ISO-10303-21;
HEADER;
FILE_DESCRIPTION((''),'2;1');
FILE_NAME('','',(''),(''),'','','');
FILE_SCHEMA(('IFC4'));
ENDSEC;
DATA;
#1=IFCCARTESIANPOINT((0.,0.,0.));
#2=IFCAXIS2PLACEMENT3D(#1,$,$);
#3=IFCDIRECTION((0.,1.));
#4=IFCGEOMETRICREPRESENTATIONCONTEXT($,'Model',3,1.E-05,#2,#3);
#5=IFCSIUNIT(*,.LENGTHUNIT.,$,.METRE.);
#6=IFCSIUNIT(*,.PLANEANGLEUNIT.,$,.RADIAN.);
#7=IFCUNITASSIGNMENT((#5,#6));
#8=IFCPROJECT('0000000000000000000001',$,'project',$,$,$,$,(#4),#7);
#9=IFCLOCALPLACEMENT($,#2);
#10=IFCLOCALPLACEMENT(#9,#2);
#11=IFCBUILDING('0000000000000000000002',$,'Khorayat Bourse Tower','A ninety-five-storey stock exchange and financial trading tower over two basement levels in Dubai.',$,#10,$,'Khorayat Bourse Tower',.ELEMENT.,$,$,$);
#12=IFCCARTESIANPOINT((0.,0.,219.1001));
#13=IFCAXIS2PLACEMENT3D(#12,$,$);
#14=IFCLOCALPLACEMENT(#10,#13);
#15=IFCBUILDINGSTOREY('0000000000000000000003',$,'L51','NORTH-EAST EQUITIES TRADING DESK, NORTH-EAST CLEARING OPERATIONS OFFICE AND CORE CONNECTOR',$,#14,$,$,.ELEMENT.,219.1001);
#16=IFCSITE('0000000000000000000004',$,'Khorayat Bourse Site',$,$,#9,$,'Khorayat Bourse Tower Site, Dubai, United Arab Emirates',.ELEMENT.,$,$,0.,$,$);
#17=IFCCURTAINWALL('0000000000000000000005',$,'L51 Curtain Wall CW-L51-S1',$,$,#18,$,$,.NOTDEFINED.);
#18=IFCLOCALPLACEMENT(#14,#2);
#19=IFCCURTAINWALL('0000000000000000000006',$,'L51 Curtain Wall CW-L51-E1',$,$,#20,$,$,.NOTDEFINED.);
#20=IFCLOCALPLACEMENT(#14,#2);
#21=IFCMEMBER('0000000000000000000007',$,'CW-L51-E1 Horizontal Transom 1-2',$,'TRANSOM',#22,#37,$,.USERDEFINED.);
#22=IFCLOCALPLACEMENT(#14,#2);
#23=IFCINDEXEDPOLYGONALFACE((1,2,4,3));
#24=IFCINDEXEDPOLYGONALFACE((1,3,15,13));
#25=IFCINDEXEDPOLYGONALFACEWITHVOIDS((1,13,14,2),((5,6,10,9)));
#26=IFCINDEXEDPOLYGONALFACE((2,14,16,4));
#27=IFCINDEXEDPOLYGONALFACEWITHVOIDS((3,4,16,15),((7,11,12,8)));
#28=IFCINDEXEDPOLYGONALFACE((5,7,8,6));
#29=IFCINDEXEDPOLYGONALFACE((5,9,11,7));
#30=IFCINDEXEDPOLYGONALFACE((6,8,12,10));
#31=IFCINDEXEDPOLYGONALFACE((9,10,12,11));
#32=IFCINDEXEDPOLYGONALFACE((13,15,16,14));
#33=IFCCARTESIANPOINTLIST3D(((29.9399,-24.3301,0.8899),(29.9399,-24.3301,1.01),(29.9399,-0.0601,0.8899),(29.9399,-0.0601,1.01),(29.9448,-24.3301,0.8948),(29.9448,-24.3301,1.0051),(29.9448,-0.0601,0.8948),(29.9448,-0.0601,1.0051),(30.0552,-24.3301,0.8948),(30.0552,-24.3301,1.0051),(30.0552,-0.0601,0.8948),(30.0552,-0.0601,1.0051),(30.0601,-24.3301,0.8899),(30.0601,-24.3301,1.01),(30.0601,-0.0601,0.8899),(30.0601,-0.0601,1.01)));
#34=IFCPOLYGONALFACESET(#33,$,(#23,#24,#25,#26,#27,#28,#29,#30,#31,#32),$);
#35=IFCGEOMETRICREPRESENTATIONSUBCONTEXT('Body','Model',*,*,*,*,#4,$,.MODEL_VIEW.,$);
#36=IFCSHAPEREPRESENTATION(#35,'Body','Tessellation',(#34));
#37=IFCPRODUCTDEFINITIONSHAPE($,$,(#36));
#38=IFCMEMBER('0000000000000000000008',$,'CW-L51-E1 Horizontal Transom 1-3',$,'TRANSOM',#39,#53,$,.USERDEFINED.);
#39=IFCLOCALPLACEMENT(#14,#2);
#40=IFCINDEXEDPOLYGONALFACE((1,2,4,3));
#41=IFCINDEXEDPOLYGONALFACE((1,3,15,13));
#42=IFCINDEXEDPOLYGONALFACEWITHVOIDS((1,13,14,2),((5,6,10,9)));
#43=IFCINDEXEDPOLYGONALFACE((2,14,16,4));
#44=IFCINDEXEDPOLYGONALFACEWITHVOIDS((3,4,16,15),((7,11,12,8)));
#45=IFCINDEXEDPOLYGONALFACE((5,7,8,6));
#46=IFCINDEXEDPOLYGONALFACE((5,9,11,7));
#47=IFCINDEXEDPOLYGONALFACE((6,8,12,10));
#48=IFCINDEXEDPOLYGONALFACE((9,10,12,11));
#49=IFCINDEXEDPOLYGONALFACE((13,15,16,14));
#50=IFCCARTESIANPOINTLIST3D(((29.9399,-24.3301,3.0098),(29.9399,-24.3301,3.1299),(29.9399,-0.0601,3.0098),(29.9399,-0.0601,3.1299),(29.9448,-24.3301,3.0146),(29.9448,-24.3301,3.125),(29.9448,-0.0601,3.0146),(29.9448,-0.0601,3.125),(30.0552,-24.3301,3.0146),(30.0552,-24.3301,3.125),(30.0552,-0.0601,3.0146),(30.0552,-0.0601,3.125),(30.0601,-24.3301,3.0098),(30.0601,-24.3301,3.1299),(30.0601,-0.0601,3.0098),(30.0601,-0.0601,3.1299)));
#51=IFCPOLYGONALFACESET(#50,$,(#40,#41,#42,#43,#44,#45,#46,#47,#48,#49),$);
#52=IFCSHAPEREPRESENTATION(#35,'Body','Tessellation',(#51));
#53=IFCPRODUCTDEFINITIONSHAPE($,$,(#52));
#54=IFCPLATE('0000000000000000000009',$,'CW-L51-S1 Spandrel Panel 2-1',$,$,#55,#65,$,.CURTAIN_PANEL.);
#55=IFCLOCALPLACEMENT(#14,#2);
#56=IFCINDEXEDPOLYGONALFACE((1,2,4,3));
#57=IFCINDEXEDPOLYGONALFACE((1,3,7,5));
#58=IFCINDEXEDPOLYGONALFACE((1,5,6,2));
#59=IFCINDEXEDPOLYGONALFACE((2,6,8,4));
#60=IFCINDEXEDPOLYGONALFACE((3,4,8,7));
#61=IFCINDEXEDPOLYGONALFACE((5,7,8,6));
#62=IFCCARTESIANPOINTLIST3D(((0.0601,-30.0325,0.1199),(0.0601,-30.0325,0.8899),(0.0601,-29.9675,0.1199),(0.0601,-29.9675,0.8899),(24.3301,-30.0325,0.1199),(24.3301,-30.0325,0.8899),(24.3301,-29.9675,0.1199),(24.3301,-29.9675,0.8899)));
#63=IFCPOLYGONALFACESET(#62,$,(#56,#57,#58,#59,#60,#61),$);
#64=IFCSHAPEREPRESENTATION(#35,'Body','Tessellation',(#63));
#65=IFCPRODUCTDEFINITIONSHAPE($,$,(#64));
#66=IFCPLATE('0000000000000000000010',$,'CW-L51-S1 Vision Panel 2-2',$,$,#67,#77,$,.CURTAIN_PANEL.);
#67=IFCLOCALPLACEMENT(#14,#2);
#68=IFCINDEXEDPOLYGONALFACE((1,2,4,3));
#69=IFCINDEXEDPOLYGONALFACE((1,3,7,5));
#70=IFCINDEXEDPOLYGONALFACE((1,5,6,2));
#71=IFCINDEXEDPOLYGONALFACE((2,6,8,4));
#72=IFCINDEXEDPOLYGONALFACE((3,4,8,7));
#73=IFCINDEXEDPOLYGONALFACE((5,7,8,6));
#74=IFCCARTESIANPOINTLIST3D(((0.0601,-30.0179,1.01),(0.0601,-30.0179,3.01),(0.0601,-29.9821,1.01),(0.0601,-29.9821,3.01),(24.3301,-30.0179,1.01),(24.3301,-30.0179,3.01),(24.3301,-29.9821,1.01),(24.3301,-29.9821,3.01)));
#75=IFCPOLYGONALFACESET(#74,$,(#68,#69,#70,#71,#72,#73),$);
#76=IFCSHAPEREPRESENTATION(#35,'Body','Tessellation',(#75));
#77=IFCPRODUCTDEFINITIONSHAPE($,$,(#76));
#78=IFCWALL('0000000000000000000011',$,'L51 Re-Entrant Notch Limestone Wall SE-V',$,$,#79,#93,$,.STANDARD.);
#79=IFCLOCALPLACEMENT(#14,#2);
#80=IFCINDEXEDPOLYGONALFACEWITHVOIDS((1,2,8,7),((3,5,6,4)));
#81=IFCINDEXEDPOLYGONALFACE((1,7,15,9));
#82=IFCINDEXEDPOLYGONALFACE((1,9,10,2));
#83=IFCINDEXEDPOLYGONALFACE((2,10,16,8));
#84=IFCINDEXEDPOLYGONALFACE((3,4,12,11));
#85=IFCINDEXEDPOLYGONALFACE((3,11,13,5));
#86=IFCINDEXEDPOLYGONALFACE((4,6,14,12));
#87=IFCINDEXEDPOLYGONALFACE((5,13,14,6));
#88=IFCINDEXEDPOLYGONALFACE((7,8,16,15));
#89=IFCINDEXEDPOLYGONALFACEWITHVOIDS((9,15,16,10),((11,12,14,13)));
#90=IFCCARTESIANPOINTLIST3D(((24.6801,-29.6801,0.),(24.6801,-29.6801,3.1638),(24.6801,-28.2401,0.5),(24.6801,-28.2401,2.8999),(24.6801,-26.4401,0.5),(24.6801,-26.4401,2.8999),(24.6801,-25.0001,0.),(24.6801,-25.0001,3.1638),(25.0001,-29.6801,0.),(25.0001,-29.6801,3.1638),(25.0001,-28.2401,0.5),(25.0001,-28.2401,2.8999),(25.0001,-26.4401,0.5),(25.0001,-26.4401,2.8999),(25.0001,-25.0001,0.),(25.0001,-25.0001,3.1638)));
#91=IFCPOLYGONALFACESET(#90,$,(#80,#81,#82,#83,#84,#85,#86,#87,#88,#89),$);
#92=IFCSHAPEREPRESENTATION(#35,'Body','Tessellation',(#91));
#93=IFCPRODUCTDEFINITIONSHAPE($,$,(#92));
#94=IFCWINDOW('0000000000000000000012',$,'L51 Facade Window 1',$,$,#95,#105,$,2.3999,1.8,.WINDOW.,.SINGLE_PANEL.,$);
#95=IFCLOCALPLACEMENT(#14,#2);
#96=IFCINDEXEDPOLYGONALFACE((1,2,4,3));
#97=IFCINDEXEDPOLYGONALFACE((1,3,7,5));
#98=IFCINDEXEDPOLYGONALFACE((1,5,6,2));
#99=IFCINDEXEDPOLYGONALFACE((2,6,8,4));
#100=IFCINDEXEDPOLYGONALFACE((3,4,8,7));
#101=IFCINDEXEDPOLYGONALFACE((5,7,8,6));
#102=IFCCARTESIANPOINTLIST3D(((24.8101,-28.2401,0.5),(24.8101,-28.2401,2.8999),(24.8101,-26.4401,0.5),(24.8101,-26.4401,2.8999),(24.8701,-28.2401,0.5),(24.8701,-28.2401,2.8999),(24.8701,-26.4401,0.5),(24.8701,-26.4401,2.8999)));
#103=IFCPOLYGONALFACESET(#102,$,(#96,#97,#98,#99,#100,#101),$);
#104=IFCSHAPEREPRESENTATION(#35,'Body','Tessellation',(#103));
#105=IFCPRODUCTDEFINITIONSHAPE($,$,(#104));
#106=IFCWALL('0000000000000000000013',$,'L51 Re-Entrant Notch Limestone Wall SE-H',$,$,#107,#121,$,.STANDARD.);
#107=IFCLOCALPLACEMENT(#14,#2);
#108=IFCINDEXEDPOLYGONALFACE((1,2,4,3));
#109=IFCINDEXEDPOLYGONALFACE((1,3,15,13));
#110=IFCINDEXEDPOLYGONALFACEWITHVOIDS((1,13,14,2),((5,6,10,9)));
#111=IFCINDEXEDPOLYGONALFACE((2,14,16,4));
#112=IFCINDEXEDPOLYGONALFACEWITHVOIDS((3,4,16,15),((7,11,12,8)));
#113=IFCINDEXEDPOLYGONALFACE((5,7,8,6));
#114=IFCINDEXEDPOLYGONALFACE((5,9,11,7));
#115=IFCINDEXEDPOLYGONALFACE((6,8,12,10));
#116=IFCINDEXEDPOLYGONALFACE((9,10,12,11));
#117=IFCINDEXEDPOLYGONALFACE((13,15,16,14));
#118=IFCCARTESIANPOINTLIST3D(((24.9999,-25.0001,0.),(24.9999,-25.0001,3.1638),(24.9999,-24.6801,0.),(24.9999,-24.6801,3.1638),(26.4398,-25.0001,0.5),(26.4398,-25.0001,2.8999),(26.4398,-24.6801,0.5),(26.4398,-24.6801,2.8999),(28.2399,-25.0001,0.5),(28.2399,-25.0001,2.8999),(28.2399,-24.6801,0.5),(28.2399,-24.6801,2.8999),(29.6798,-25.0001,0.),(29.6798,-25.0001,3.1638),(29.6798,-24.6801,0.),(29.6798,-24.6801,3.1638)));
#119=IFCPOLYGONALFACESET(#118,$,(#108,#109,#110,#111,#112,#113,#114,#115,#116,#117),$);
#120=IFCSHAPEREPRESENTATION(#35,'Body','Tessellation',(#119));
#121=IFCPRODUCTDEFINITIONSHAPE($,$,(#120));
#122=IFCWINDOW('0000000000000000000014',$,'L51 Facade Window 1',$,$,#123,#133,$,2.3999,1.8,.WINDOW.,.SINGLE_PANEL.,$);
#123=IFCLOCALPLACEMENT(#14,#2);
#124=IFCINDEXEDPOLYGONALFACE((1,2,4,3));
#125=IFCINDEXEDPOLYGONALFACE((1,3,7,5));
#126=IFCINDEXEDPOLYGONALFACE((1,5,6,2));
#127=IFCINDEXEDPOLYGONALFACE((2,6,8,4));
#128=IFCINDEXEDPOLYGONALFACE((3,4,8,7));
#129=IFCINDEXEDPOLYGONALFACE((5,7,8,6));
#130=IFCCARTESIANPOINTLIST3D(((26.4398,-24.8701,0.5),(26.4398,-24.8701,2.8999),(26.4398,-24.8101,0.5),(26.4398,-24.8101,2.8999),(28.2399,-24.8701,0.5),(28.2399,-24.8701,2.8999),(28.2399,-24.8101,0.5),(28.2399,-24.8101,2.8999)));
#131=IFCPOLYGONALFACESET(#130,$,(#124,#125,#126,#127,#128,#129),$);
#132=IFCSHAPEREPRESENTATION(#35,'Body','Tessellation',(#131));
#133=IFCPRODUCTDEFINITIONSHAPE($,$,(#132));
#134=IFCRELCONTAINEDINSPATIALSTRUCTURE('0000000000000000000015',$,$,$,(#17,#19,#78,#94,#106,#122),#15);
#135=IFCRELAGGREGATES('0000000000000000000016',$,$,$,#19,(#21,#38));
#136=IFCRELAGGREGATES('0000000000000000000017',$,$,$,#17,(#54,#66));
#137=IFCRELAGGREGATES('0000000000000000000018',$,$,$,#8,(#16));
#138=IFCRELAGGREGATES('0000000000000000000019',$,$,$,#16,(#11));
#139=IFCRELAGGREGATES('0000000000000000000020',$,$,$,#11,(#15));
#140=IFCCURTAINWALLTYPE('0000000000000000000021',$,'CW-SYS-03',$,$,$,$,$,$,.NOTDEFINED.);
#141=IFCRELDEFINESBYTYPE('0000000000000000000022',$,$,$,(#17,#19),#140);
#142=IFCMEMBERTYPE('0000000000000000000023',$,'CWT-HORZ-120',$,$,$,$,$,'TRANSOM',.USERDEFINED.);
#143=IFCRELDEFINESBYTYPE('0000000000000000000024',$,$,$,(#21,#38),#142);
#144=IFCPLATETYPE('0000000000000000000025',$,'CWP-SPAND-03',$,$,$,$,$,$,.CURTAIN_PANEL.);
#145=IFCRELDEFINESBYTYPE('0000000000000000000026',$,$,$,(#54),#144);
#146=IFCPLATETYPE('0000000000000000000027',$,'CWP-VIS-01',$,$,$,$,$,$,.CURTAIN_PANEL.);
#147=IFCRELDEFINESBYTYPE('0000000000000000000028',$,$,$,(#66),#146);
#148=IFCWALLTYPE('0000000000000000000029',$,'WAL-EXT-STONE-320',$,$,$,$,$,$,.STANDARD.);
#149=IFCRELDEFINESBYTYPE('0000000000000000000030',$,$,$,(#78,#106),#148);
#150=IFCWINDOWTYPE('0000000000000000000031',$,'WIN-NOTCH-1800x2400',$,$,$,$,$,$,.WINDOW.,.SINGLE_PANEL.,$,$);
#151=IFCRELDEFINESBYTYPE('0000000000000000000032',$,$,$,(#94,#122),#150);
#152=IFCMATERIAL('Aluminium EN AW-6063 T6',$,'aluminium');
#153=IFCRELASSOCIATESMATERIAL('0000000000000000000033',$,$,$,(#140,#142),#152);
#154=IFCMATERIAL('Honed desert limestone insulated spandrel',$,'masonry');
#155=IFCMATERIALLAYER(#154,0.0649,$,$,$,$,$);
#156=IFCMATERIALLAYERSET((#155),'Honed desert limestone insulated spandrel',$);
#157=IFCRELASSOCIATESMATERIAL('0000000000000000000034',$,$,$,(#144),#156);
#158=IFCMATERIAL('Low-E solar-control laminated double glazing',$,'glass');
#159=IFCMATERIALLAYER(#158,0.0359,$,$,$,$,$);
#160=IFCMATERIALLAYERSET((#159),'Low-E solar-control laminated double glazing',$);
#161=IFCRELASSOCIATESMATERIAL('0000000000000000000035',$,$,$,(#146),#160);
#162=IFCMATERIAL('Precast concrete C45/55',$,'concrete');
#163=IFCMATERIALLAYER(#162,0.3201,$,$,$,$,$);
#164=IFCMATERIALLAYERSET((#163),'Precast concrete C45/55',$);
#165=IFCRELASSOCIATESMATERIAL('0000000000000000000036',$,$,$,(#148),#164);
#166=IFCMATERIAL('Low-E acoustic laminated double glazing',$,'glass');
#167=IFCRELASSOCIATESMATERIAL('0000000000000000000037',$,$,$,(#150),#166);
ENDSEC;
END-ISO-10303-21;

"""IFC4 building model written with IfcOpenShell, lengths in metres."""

from ifc_helpers import new_model, si_unit, direction, frame, frame_2d, origin, origin_2d, place, context, subcontext, project, spatial, rectangle, hollow_rectangle, extrude, source, transform, mapped, material, layer, layer_set, material_profile, profile_set, type_object, element, fill, aggregate, save


model = new_model("IFC4")

# Units and contexts
model_context = context("Model", 3, precision=1e-05, world=origin(), true_north=direction((0.0, 1.0)))
body_context = subcontext(model_context, "Body", "Model", "MODEL_VIEW")
ifc_project = project(units=[si_unit("LENGTHUNIT", "METRE"), si_unit("PLANEANGLEUNIT", "RADIAN")], contexts=[model_context])

# Site, building, storey
site_placement = place(None, origin())
site = spatial("IfcSite", under=ifc_project, at=site_placement, Name="Khorayat Bourse Site", LongName="Khorayat Bourse Tower Site, Dubai, United Arab Emirates", CompositionType="ELEMENT", RefElevation=0.0)
building_placement = place(site_placement, origin())
building = spatial("IfcBuilding", under=site, at=building_placement, Name="Khorayat Bourse Tower", Description="A ninety-five-storey stock exchange and financial trading tower over two basement levels in Dubai.", LongName="Khorayat Bourse Tower", CompositionType="ELEMENT")
storey_placement = place(building_placement, frame((0.0, 0.0, 219.1001)))
storey = spatial("IfcBuildingStorey", under=building, at=storey_placement, Name="L51", Description="NORTH-EAST EQUITIES TRADING DESK, NORTH-EAST CLEARING OPERATIONS OFFICE AND CORE CONNECTOR", CompositionType="ELEMENT", Elevation=219.1001)

# Curtain walls
ifc_material_1 = material(Name="Aluminium EN AW-6063 T6", Category="aluminium")
curtain_wall_type = type_object("IfcCurtainWallType", Name="CW-SYS-03", PredefinedType="NOTDEFINED", material=ifc_material_1)
curtain_wall_1_placement = place(storey_placement, origin())
curtain_wall_1 = element("IfcCurtainWall", 1, at=curtain_wall_1_placement, inside=storey, type_object=curtain_wall_type, Name="L51 Curtain Wall CW-L51-S1", PredefinedType="NOTDEFINED")
curtain_wall_2_placement = place(storey_placement, origin())
curtain_wall_2 = element("IfcCurtainWall", 2, at=curtain_wall_2_placement, inside=storey, type_object=curtain_wall_type, Name="L51 Curtain Wall CW-L51-E1", PredefinedType="NOTDEFINED")

# Members
ifc_material_profile_1 = material_profile(ifc_material_1, hollow_rectangle(XDim=0.1201, YDim=0.1201, WallThickness=0.0049, at=origin_2d()), Name="ALU 120x120x5")
ifc_profile_set_1 = profile_set([ifc_material_profile_1], Name="Aluminium EN AW-6063 T6")
member_type_1 = type_object("IfcMemberType", Name="CWT-HORZ-120", ElementType="TRANSOM", PredefinedType="USERDEFINED", material=ifc_profile_set_1)
shared_shape_1 = source(origin(), body_context, "Body", "SweptSolid", [
    extrude(hollow_rectangle(XDim=0.1201, YDim=0.1201, WallThickness=0.0049, at=origin_2d()), origin(), (0.0, 0.0, 1.0), 24.27),
])
member_1_placement = place(storey_placement, frame((30.0, -24.3301, 0.95), z_axis=(0.0, 1.0, 0.0), x_axis=(-1.0, 0.0, 0.0)))
member_1 = element("IfcMember", 3, at=member_1_placement, type_object=member_type_1, Name="CW-L51-E1 Horizontal Transom 1-2", ObjectType="TRANSOM", PredefinedType="USERDEFINED", context=body_context, shape_type="MappedRepresentation", body=[
    mapped(shared_shape_1, transform((0.0, 0.0, 0.0), scale=1.0)),
])
member_2_placement = place(storey_placement, frame((30.0, -24.3301, 3.0698), z_axis=(0.0, 1.0, 0.0), x_axis=(-1.0, 0.0, 0.0)))
member_2 = element("IfcMember", 4, at=member_2_placement, type_object=member_type_1, Name="CW-L51-E1 Horizontal Transom 1-3", ObjectType="TRANSOM", PredefinedType="USERDEFINED", context=body_context, shape_type="MappedRepresentation", body=[
    mapped(shared_shape_1, transform((0.0, 0.0, 0.0), scale=1.0)),
])
aggregate(curtain_wall_2, [member_1, member_2])

# Plates
ifc_material_2 = material(Name="Honed desert limestone insulated spandrel", Category="masonry")
ifc_layer_1 = layer(ifc_material_2, 0.0649)
ifc_layer_set_1 = layer_set([ifc_layer_1], Name="Honed desert limestone insulated spandrel")
plate_type_1 = type_object("IfcPlateType", Name="CWP-SPAND-03", PredefinedType="CURTAIN_PANEL", material=ifc_layer_set_1)
shared_shape_2 = source(origin(), body_context, "Body", "SweptSolid", [
    extrude(rectangle(XDim=24.27, YDim=0.0649, at=origin_2d()), origin(), (0.0, 0.0, 1.0), 0.77),
])
plate_1_placement = place(storey_placement, frame((12.1951, -30.0, 0.1199), z_axis=(0.0, 0.0, 1.0), x_axis=(1.0, 0.0, 0.0)))
plate_1 = element("IfcPlate", 5, at=plate_1_placement, type_object=plate_type_1, Name="CW-L51-S1 Spandrel Panel 2-1", PredefinedType="CURTAIN_PANEL", context=body_context, shape_type="MappedRepresentation", body=[
    mapped(shared_shape_2, transform((0.0, 0.0, 0.0), scale=1.0)),
])
ifc_material_3 = material(Name="Low-E solar-control laminated double glazing", Category="glass")
ifc_layer_2 = layer(ifc_material_3, 0.0359)
ifc_layer_set_2 = layer_set([ifc_layer_2], Name="Low-E solar-control laminated double glazing")
plate_type_2 = type_object("IfcPlateType", Name="CWP-VIS-01", PredefinedType="CURTAIN_PANEL", material=ifc_layer_set_2)
shared_shape_3 = source(origin(), body_context, "Body", "SweptSolid", [
    extrude(rectangle(XDim=24.27, YDim=0.0359, at=origin_2d()), origin(), (0.0, 0.0, 1.0), 2.0),
])
plate_2_placement = place(storey_placement, frame((12.1951, -30.0, 1.01), z_axis=(0.0, 0.0, 1.0), x_axis=(1.0, 0.0, 0.0)))
plate_2 = element("IfcPlate", 6, at=plate_2_placement, type_object=plate_type_2, Name="CW-L51-S1 Vision Panel 2-2", PredefinedType="CURTAIN_PANEL", context=body_context, shape_type="MappedRepresentation", body=[
    mapped(shared_shape_3, transform((0.0, 0.0, 0.0), scale=1.0)),
])
aggregate(curtain_wall_1, [plate_1, plate_2])

# Walls, openings, windows
ifc_material_4 = material(Name="Precast concrete C45/55", Category="concrete")
ifc_layer_3 = layer(ifc_material_4, 0.3201)
ifc_layer_set_3 = layer_set([ifc_layer_3], Name="Precast concrete C45/55")
wall_type = type_object("IfcWallType", Name="WAL-EXT-STONE-320", PredefinedType="STANDARD", material=ifc_layer_set_3)
shared_shape_4 = source(origin(), body_context, "Body", "SweptSolid", [
    extrude(rectangle(XDim=4.6799, YDim=0.3201, at=frame_2d((2.3398, 0.0))), origin(), (0.0, 0.0, 1.0), 3.1638),
])
wall_1_placement = place(storey_placement, frame((24.8401, -29.6799, 0.0), z_axis=(0.0, 0.0, 1.0), x_axis=(0.0, 1.0, 0.0)))
wall_1 = element("IfcWall", 7, at=wall_1_placement, inside=storey, type_object=wall_type, Name="L51 Re-Entrant Notch Limestone Wall SE-V", PredefinedType="STANDARD", context=body_context, shape_type="MappedRepresentation", body=[
    mapped(shared_shape_4, transform((0.0, 0.0, 0.0), scale=1.0)),
])
shared_shape_5 = source(origin(), body_context, "Body", "SweptSolid", [
    extrude(rectangle(XDim=1.8, YDim=2.3999, at=frame_2d((0.8999, 1.2))), frame((0.0, 0.1699, 0.0), z_axis=(0.0, -1.0, 0.0), x_axis=(1.0, 0.0, 0.0)), (0.0, 0.0, 1.0), 0.3401),
])
opening_1_placement = place(wall_1_placement, frame((1.4399, 0.0, 0.5)))
opening_1 = element("IfcOpeningElement", 8, at=opening_1_placement, cuts=wall_1, PredefinedType="OPENING", context=body_context, shape_type="MappedRepresentation", body=[
    mapped(shared_shape_5, transform((0.0, 0.0, 0.0), scale=1.0)),
])
ifc_material_5 = material(Name="Low-E acoustic laminated double glazing", Category="glass")
window_type = type_object("IfcWindowType", Name="WIN-NOTCH-1800x2400", PartitioningType="SINGLE_PANEL", PredefinedType="WINDOW", material=ifc_material_5)
shared_shape_6 = source(origin(), body_context, "Body", "SweptSolid", [
    extrude(rectangle(XDim=1.8, YDim=2.3999, at=frame_2d((0.8999, 1.2))), frame((0.0, 0.03, 0.0), z_axis=(0.0, -1.0, 0.0), x_axis=(1.0, 0.0, 0.0)), (0.0, 0.0, 1.0), 0.0601),
])
window_1_placement = place(opening_1_placement, origin())
window_1 = element("IfcWindow", 9, at=window_1_placement, inside=storey, type_object=window_type, Name="L51 Facade Window 1", OverallHeight=2.3999, OverallWidth=1.8, PartitioningType="SINGLE_PANEL", PredefinedType="WINDOW", context=body_context, shape_type="MappedRepresentation", body=[
    mapped(shared_shape_6, transform((0.0, 0.0, 0.0), scale=1.0)),
])
fill(opening_1, window_1)
wall_2_placement = place(storey_placement, frame((25.0, -24.8401, 0.0), z_axis=(0.0, 0.0, 1.0), x_axis=(1.0, 0.0, 0.0)))
wall_2 = element("IfcWall", 10, at=wall_2_placement, inside=storey, type_object=wall_type, Name="L51 Re-Entrant Notch Limestone Wall SE-H", PredefinedType="STANDARD", context=body_context, shape_type="MappedRepresentation", body=[
    mapped(shared_shape_4, transform((0.0, 0.0, 0.0), scale=1.0)),
])
opening_2_placement = place(wall_2_placement, frame((1.4399, 0.0, 0.5)))
opening_2 = element("IfcOpeningElement", 11, at=opening_2_placement, cuts=wall_2, PredefinedType="OPENING", context=body_context, shape_type="MappedRepresentation", body=[
    mapped(shared_shape_5, transform((0.0, 0.0, 0.0), scale=1.0)),
])
window_2_placement = place(opening_2_placement, origin())
window_2 = element("IfcWindow", 12, at=window_2_placement, inside=storey, type_object=window_type, Name="L51 Facade Window 1", OverallHeight=2.3999, OverallWidth=1.8, PartitioningType="SINGLE_PANEL", PredefinedType="WINDOW", context=body_context, shape_type="MappedRepresentation", body=[
    mapped(shared_shape_6, transform((0.0, 0.0, 0.0), scale=1.0)),
])
fill(opening_2, window_2)

save(model, "model.ifc")
